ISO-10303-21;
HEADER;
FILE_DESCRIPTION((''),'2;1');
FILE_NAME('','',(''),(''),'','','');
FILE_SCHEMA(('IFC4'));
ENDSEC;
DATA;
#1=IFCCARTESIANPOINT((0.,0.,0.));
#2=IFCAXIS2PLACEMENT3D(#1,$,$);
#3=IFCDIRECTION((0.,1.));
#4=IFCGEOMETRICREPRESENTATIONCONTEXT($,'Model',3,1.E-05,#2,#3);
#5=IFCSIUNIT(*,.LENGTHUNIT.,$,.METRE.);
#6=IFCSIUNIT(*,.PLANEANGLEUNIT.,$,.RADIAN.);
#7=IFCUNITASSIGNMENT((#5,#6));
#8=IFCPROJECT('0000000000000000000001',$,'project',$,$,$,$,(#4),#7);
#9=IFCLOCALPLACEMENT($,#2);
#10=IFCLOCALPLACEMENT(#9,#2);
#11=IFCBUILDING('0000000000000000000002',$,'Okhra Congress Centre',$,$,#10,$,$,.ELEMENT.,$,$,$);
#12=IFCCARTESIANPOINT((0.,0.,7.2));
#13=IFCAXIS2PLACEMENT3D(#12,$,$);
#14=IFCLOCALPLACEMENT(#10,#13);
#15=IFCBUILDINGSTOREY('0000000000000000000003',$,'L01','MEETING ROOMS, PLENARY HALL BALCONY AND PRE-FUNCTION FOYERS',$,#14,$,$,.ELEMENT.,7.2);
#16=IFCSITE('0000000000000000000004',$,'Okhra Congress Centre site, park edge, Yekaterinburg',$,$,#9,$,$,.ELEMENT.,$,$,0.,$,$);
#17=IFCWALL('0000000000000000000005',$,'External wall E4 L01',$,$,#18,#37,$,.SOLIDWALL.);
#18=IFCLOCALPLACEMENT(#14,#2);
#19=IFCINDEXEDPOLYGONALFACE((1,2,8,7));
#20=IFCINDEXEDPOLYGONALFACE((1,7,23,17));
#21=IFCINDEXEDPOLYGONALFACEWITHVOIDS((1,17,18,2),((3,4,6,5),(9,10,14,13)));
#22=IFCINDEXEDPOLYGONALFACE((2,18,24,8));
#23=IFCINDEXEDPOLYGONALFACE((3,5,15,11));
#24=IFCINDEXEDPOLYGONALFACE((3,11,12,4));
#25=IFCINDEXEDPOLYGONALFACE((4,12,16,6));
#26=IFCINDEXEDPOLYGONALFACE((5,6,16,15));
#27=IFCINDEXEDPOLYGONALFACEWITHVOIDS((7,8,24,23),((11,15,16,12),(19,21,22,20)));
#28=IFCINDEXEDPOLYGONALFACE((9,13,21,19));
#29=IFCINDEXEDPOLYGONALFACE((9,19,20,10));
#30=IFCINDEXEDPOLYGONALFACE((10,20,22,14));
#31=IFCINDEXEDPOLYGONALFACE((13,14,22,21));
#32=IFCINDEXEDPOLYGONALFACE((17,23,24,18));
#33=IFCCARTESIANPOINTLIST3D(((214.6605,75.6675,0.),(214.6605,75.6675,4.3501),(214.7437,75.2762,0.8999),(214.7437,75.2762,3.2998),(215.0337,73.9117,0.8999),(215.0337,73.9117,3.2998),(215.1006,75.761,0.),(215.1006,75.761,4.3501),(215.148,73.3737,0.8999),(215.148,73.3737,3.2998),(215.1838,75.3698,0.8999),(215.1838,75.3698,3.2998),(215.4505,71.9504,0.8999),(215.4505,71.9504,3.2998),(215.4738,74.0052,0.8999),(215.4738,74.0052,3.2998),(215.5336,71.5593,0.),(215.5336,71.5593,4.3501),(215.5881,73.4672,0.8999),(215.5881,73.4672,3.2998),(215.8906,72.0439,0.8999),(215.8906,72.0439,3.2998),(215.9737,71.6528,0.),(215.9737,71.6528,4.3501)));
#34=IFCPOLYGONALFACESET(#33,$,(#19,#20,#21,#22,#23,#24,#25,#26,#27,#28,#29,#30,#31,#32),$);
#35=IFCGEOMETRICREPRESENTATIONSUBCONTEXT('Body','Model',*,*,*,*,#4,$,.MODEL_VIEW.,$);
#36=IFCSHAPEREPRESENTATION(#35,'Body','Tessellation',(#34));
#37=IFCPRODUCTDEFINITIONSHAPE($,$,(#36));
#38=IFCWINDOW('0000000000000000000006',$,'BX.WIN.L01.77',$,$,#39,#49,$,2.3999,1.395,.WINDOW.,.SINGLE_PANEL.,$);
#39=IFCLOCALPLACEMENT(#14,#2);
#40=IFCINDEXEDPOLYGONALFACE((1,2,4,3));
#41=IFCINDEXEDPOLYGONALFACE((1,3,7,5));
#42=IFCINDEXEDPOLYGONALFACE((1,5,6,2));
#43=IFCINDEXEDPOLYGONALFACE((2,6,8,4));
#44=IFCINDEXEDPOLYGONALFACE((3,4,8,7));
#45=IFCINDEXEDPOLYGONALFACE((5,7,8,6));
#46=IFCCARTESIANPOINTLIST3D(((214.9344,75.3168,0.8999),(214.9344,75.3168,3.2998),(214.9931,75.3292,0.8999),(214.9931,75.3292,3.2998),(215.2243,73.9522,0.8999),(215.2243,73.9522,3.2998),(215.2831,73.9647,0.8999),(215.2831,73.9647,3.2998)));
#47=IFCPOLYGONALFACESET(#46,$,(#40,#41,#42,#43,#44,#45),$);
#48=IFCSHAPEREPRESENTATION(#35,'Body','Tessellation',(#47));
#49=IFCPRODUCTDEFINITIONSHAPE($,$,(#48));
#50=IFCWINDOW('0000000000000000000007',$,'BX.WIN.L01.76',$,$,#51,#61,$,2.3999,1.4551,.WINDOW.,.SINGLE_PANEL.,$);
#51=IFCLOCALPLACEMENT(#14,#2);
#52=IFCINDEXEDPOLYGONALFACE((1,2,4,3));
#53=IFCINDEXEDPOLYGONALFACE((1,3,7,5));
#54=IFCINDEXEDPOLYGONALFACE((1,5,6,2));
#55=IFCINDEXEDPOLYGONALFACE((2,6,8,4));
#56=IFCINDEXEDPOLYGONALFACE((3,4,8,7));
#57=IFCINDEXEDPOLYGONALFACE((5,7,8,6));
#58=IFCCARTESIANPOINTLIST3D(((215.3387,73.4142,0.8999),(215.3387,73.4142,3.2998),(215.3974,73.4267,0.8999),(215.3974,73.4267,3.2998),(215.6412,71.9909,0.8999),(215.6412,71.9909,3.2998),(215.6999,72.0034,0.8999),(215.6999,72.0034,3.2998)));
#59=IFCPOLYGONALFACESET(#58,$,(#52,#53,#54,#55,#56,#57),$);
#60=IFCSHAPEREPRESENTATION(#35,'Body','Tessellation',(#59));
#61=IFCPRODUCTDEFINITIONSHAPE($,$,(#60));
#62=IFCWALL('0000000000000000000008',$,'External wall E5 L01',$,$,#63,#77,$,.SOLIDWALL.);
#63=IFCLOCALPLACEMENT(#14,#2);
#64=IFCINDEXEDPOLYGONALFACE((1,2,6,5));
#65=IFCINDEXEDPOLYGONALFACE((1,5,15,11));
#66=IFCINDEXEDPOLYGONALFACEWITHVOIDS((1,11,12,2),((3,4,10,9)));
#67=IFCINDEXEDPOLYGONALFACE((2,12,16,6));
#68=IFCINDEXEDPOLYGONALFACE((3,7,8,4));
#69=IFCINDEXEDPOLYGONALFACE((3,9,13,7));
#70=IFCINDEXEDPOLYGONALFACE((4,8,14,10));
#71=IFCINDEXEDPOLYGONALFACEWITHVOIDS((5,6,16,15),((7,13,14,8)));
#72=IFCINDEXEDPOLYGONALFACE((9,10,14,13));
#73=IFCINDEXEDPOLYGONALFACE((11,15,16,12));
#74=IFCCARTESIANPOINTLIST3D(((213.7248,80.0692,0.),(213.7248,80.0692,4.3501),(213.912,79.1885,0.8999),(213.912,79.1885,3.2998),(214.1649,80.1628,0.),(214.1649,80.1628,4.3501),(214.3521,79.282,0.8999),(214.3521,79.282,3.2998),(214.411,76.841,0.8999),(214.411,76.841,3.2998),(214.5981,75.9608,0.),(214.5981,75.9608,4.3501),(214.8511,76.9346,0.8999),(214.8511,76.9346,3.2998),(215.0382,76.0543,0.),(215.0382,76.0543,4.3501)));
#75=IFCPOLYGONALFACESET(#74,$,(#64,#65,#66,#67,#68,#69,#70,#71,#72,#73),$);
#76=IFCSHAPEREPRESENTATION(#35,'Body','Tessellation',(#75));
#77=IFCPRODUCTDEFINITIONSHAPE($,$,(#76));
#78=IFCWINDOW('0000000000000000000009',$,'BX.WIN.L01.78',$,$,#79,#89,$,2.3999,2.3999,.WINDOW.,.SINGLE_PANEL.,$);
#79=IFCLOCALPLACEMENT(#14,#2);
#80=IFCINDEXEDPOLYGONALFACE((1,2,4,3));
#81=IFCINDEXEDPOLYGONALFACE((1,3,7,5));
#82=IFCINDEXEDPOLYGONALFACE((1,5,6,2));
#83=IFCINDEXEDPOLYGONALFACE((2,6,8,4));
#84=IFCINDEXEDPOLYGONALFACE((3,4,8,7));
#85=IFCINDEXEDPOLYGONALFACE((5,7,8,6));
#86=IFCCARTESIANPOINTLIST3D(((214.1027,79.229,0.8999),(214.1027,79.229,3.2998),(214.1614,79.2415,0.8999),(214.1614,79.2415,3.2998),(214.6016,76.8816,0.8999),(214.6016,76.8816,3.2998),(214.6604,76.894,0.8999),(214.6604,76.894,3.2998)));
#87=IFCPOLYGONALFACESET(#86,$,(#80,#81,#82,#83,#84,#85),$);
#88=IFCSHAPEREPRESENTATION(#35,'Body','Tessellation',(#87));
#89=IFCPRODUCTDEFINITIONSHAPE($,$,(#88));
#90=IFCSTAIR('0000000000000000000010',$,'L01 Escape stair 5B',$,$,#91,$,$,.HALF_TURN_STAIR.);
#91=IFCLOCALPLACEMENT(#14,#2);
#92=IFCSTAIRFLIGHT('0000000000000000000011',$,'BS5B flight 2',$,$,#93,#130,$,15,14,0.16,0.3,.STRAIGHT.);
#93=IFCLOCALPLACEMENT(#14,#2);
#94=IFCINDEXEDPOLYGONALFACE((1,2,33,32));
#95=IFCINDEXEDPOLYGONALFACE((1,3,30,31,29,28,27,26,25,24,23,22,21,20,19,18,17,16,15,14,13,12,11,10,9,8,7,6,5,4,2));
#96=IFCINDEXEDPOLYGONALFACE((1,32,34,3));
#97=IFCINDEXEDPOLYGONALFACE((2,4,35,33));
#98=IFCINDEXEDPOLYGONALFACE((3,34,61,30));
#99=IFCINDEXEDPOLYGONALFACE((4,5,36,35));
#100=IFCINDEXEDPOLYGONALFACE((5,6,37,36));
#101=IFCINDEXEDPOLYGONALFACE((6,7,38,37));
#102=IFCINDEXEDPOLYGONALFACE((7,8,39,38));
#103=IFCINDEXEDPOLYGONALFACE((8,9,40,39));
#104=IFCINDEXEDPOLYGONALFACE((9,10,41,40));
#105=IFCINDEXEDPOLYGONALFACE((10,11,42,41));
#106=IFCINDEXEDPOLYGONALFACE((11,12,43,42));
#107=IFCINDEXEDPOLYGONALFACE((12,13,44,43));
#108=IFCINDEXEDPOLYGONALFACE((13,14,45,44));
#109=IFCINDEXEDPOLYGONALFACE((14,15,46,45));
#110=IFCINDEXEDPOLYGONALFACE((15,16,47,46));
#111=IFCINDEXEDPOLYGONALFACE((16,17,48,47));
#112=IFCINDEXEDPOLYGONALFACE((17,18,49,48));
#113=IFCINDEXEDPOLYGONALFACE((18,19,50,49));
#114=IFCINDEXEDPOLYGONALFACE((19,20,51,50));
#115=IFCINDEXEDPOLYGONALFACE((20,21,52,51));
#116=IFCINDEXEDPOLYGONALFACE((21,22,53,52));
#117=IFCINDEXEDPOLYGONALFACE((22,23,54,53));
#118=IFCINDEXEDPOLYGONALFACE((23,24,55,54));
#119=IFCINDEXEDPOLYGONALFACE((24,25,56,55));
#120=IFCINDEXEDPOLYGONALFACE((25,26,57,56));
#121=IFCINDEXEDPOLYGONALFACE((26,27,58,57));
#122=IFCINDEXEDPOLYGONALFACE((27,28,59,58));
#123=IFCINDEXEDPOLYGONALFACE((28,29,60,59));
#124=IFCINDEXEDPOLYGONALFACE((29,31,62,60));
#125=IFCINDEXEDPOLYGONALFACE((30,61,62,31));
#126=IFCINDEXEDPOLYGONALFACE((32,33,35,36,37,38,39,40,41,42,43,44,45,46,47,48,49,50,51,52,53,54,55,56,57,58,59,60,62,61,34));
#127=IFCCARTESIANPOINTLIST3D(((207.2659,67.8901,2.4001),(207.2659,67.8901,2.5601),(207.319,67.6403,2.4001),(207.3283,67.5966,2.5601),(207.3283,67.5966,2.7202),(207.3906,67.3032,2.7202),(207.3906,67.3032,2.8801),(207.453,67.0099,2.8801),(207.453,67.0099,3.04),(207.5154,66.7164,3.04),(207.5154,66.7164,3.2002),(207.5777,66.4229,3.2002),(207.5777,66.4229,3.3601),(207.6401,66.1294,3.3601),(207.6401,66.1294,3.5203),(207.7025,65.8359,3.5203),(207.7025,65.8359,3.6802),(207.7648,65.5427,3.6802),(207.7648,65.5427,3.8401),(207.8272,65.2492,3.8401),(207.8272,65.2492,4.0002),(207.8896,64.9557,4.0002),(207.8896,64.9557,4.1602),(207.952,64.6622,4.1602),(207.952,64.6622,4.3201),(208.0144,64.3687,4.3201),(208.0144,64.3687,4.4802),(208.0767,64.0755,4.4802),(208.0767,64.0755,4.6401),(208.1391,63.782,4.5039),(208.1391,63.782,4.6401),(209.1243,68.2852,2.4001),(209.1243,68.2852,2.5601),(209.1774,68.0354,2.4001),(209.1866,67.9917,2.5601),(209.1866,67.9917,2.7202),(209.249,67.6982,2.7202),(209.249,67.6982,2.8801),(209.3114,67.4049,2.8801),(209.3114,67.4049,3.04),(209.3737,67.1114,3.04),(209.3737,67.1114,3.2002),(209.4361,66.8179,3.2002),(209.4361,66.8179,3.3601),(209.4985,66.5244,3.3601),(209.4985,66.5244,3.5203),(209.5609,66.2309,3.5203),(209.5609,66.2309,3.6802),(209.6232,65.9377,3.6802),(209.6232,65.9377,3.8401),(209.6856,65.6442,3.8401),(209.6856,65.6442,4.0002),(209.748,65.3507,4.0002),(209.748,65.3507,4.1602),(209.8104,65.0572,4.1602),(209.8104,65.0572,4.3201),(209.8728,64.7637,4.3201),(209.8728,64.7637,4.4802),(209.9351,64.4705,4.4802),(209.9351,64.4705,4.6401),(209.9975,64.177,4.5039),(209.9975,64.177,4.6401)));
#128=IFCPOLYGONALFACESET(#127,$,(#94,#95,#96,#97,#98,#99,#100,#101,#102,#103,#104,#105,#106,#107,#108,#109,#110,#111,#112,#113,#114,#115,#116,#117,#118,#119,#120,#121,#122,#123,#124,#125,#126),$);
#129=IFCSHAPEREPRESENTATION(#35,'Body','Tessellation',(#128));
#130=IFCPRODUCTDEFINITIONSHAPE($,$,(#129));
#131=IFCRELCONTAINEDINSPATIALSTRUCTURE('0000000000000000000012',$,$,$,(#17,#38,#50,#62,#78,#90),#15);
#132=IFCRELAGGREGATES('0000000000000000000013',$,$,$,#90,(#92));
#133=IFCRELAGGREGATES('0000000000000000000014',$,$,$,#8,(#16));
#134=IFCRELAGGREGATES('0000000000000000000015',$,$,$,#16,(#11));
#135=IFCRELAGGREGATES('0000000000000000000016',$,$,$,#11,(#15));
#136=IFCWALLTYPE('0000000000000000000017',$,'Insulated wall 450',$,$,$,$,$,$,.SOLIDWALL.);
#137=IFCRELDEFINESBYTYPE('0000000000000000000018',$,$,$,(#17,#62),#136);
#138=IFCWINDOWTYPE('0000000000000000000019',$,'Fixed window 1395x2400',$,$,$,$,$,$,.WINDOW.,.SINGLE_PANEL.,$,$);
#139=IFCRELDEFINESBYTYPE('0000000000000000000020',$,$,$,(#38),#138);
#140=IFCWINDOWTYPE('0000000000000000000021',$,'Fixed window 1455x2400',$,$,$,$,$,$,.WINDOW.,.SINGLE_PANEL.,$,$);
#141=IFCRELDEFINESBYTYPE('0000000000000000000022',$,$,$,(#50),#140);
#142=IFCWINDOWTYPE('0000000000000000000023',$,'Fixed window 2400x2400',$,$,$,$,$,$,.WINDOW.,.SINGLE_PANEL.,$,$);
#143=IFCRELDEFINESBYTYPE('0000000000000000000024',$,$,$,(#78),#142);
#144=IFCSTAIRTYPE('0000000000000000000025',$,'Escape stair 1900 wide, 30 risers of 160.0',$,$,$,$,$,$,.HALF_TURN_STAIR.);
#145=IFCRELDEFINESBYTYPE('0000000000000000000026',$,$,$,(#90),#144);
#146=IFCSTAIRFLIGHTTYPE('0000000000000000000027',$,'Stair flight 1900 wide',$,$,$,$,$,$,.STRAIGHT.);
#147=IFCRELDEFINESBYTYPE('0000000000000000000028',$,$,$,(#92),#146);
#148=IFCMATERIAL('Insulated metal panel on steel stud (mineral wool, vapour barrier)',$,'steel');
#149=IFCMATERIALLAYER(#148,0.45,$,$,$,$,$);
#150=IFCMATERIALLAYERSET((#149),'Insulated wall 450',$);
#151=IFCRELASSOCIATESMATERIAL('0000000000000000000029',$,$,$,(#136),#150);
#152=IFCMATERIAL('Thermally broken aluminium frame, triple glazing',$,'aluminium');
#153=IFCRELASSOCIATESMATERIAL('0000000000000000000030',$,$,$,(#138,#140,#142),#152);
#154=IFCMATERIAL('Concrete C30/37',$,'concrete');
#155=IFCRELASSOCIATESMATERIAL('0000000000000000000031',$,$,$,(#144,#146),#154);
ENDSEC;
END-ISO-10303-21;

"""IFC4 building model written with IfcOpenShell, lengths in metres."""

from ifc_helpers import new_model, si_unit, direction, frame, frame_2d, origin, place, context, subcontext, project, spatial, polyline, rectangle, outline, extrude, material, layer, layer_set, type_object, element, fill, aggregate, save


model = new_model("IFC4")

# Units and contexts
model_context = context("Model", 3, precision=1e-05, world=origin(), true_north=direction((0.0, 1.0)))
body_context = subcontext(model_context, "Body", "Model", "MODEL_VIEW")
ifc_project = project(units=[si_unit("LENGTHUNIT", "METRE"), si_unit("PLANEANGLEUNIT", "RADIAN")], contexts=[model_context])

# Site, building, storey
site_placement = place(None, origin())
site = spatial("IfcSite", under=ifc_project, at=site_placement, Name="Okhra Congress Centre site, park edge, Yekaterinburg", CompositionType="ELEMENT", RefElevation=0.0)
building_placement = place(site_placement, origin())
building = spatial("IfcBuilding", under=site, at=building_placement, Name="Okhra Congress Centre", CompositionType="ELEMENT")
storey_placement = place(building_placement, frame((0.0, 0.0, 7.2)))
storey = spatial("IfcBuildingStorey", under=building, at=storey_placement, Name="L01", Description="MEETING ROOMS, PLENARY HALL BALCONY AND PRE-FUNCTION FOYERS", CompositionType="ELEMENT", Elevation=7.2)

# Wall, openings, windows
ifc_material_1 = material(Name="Insulated metal panel on steel stud (mineral wool, vapour barrier)", Category="steel")
ifc_layer_1 = layer(ifc_material_1, 0.45)
ifc_layer_set_1 = layer_set([ifc_layer_1], Name="Insulated wall 450")
wall_type = type_object("IfcWallType", Name="Insulated wall 450", PredefinedType="SOLIDWALL", material=ifc_layer_set_1)
ifc_material_2 = material(Name="Thermally broken aluminium frame, triple glazing", Category="aluminium")
wall_1_placement = place(storey_placement, frame((215.7537, 71.606, 0.0), z_axis=(0.0, 0.0, 1.0), x_axis=(-0.207873, 0.978156, 0.0)))
wall_1 = element("IfcWall", 1, at=wall_1_placement, inside=storey, type_object=wall_type, Name="External wall E4 L01", PredefinedType="SOLIDWALL", context=body_context, shape_type="SweptSolid", body=[
    extrude(rectangle(XDim=4.2, YDim=0.45, at=frame_2d((2.1001, 0.0))), origin(), (0.0, 0.0, 1.0), 4.3501),
])
opening_1_placement = place(wall_1_placement, frame((0.3999, 0.0, 0.8999)))
opening_1 = element("IfcOpeningElement", 2, at=opening_1_placement, cuts=wall_1, PredefinedType="OPENING", context=body_context, shape_type="SweptSolid", body=[
    extrude(rectangle(XDim=1.4551, YDim=2.3999, at=frame_2d((0.7275, 1.2))), frame((0.0, 0.2349, 0.0), z_axis=(0.0, -1.0, 0.0), x_axis=(1.0, 0.0, 0.0)), (0.0, 0.0, 1.0), 0.47),
])
opening_2_placement = place(wall_1_placement, frame((2.405, 0.0, 0.8999)))
opening_2 = element("IfcOpeningElement", 3, at=opening_2_placement, cuts=wall_1, PredefinedType="OPENING", context=body_context, shape_type="SweptSolid", body=[
    extrude(rectangle(XDim=1.395, YDim=2.3999, at=frame_2d((0.6975, 1.2))), frame((0.0, 0.2349, 0.0), z_axis=(0.0, -1.0, 0.0), x_axis=(1.0, 0.0, 0.0)), (0.0, 0.0, 1.0), 0.47),
])
window_type_1 = type_object("IfcWindowType", Name="Fixed window 1395x2400", PartitioningType="SINGLE_PANEL", PredefinedType="WINDOW", material=ifc_material_2)
window_1_placement = place(opening_2_placement, origin())
window_1 = element("IfcWindow", 4, at=window_1_placement, inside=storey, type_object=window_type_1, Name="BX.WIN.L01.77", OverallHeight=2.3999, OverallWidth=1.395, PartitioningType="SINGLE_PANEL", PredefinedType="WINDOW", context=body_context, shape_type="SweptSolid", body=[
    extrude(rectangle(XDim=1.395, YDim=2.3999, at=frame_2d((0.6975, 1.2))), frame((0.0, 0.03, 0.0), z_axis=(0.0, -1.0, 0.0), x_axis=(1.0, 0.0, 0.0)), (0.0, 0.0, 1.0), 0.0601),
])
fill(opening_2, window_1)
window_type_2 = type_object("IfcWindowType", Name="Fixed window 1455x2400", PartitioningType="SINGLE_PANEL", PredefinedType="WINDOW", material=ifc_material_2)
window_2_placement = place(opening_1_placement, origin())
window_2 = element("IfcWindow", 5, at=window_2_placement, inside=storey, type_object=window_type_2, Name="BX.WIN.L01.76", OverallHeight=2.3999, OverallWidth=1.4551, PartitioningType="SINGLE_PANEL", PredefinedType="WINDOW", context=body_context, shape_type="SweptSolid", body=[
    extrude(rectangle(XDim=1.4551, YDim=2.3999, at=frame_2d((0.7275, 1.2))), frame((0.0, 0.03, 0.0), z_axis=(0.0, -1.0, 0.0), x_axis=(1.0, 0.0, 0.0)), (0.0, 0.0, 1.0), 0.0601),
])
fill(opening_1, window_2)

# Wall, opening, window
wall_2_placement = place(storey_placement, frame((214.8181, 76.0076, 0.0), z_axis=(0.0, 0.0, 1.0), x_axis=(-0.207917, 0.978146, 0.0)))
wall_2 = element("IfcWall", 6, at=wall_2_placement, inside=storey, type_object=wall_type, Name="External wall E5 L01", PredefinedType="SOLIDWALL", context=body_context, shape_type="SweptSolid", body=[
    extrude(rectangle(XDim=4.2002, YDim=0.45, at=frame_2d((2.1001, 0.0))), origin(), (0.0, 0.0, 1.0), 4.3501),
])
opening_3_placement = place(wall_2_placement, frame((0.8999, 0.0, 0.8999)))
opening_3 = element("IfcOpeningElement", 7, at=opening_3_placement, cuts=wall_2, PredefinedType="OPENING", context=body_context, shape_type="SweptSolid", body=[
    extrude(rectangle(XDim=2.3999, YDim=2.3999, at=frame_2d((1.2, 1.2))), frame((0.0, 0.2349, 0.0), z_axis=(0.0, -1.0, 0.0), x_axis=(1.0, 0.0, 0.0)), (0.0, 0.0, 1.0), 0.47),
])
window_type_3 = type_object("IfcWindowType", Name="Fixed window 2400x2400", PartitioningType="SINGLE_PANEL", PredefinedType="WINDOW", material=ifc_material_2)
window_3_placement = place(opening_3_placement, origin())
window_3 = element("IfcWindow", 8, at=window_3_placement, inside=storey, type_object=window_type_3, Name="BX.WIN.L01.78", OverallHeight=2.3999, OverallWidth=2.3999, PartitioningType="SINGLE_PANEL", PredefinedType="WINDOW", context=body_context, shape_type="SweptSolid", body=[
    extrude(rectangle(XDim=2.3999, YDim=2.3999, at=frame_2d((1.2, 1.2))), frame((0.0, 0.03, 0.0), z_axis=(0.0, -1.0, 0.0), x_axis=(1.0, 0.0, 0.0)), (0.0, 0.0, 1.0), 0.0601),
])
fill(opening_3, window_3)

# Stair, stair flight
ifc_material_3 = material(Name="Concrete C30/37", Category="concrete")
stair_type = type_object("IfcStairType", Name="Escape stair 1900 wide, 30 risers of 160.0", PredefinedType="HALF_TURN_STAIR", material=ifc_material_3)
stair_placement = place(storey_placement, origin())
stair = element("IfcStair", 9, at=stair_placement, inside=storey, type_object=stair_type, Name="L01 Escape stair 5B", PredefinedType="HALF_TURN_STAIR")
stair_flight_type = type_object("IfcStairFlightType", Name="Stair flight 1900 wide", PredefinedType="STRAIGHT", material=ifc_material_3)
stair_flight_placement = place(storey_placement, frame((208.1951, 68.0876, 2.4001), z_axis=(0.0, 0.0, 1.0), x_axis=(0.207912, -0.978148, 0.0)))
stair_flight = element("IfcStairFlight", 10, at=stair_flight_placement, type_object=stair_flight_type, Name="BS5B flight 2", NumberOfRisers=15, NumberOfTreads=14, PredefinedType="STRAIGHT", RiserHeight=0.16, TreadLength=0.3, context=body_context, shape_type="SweptSolid", body=[
    extrude(outline(polyline([(0.0, 0.0), (0.0, 0.1599), (0.3, 0.1599), (0.3, 0.3201), (0.6001, 0.3201), (0.6001, 0.48), (0.8999, 0.48), (0.8999, 0.6399), (1.2, 0.6399), (1.2, 0.8), (1.5, 0.8), (1.5, 0.96), (1.8, 0.96), (1.8, 1.1201), (2.1001, 1.1201), (2.1001, 1.28), (2.3999, 1.28), (2.3999, 1.4399), (2.7, 1.4399), (2.7, 1.6001), (3.0, 1.6001), (3.0, 1.76), (3.3, 1.76), (3.3, 1.9199), (3.6001, 1.9199), (3.6001, 2.0801), (3.8999, 2.0801), (3.8999, 2.24), (4.2, 2.24), (4.2, 2.3999), (4.2, 2.1038), (0.2554, 0.0), (0.0, 0.0)])), frame((0.0, 0.95, 0.0), z_axis=(0.0, -1.0, 0.0), x_axis=(1.0, 0.0, 0.0)), (0.0, 0.0, 1.0), 1.8999),
])
aggregate(stair, [stair_flight])

save(model, "model.ifc")
